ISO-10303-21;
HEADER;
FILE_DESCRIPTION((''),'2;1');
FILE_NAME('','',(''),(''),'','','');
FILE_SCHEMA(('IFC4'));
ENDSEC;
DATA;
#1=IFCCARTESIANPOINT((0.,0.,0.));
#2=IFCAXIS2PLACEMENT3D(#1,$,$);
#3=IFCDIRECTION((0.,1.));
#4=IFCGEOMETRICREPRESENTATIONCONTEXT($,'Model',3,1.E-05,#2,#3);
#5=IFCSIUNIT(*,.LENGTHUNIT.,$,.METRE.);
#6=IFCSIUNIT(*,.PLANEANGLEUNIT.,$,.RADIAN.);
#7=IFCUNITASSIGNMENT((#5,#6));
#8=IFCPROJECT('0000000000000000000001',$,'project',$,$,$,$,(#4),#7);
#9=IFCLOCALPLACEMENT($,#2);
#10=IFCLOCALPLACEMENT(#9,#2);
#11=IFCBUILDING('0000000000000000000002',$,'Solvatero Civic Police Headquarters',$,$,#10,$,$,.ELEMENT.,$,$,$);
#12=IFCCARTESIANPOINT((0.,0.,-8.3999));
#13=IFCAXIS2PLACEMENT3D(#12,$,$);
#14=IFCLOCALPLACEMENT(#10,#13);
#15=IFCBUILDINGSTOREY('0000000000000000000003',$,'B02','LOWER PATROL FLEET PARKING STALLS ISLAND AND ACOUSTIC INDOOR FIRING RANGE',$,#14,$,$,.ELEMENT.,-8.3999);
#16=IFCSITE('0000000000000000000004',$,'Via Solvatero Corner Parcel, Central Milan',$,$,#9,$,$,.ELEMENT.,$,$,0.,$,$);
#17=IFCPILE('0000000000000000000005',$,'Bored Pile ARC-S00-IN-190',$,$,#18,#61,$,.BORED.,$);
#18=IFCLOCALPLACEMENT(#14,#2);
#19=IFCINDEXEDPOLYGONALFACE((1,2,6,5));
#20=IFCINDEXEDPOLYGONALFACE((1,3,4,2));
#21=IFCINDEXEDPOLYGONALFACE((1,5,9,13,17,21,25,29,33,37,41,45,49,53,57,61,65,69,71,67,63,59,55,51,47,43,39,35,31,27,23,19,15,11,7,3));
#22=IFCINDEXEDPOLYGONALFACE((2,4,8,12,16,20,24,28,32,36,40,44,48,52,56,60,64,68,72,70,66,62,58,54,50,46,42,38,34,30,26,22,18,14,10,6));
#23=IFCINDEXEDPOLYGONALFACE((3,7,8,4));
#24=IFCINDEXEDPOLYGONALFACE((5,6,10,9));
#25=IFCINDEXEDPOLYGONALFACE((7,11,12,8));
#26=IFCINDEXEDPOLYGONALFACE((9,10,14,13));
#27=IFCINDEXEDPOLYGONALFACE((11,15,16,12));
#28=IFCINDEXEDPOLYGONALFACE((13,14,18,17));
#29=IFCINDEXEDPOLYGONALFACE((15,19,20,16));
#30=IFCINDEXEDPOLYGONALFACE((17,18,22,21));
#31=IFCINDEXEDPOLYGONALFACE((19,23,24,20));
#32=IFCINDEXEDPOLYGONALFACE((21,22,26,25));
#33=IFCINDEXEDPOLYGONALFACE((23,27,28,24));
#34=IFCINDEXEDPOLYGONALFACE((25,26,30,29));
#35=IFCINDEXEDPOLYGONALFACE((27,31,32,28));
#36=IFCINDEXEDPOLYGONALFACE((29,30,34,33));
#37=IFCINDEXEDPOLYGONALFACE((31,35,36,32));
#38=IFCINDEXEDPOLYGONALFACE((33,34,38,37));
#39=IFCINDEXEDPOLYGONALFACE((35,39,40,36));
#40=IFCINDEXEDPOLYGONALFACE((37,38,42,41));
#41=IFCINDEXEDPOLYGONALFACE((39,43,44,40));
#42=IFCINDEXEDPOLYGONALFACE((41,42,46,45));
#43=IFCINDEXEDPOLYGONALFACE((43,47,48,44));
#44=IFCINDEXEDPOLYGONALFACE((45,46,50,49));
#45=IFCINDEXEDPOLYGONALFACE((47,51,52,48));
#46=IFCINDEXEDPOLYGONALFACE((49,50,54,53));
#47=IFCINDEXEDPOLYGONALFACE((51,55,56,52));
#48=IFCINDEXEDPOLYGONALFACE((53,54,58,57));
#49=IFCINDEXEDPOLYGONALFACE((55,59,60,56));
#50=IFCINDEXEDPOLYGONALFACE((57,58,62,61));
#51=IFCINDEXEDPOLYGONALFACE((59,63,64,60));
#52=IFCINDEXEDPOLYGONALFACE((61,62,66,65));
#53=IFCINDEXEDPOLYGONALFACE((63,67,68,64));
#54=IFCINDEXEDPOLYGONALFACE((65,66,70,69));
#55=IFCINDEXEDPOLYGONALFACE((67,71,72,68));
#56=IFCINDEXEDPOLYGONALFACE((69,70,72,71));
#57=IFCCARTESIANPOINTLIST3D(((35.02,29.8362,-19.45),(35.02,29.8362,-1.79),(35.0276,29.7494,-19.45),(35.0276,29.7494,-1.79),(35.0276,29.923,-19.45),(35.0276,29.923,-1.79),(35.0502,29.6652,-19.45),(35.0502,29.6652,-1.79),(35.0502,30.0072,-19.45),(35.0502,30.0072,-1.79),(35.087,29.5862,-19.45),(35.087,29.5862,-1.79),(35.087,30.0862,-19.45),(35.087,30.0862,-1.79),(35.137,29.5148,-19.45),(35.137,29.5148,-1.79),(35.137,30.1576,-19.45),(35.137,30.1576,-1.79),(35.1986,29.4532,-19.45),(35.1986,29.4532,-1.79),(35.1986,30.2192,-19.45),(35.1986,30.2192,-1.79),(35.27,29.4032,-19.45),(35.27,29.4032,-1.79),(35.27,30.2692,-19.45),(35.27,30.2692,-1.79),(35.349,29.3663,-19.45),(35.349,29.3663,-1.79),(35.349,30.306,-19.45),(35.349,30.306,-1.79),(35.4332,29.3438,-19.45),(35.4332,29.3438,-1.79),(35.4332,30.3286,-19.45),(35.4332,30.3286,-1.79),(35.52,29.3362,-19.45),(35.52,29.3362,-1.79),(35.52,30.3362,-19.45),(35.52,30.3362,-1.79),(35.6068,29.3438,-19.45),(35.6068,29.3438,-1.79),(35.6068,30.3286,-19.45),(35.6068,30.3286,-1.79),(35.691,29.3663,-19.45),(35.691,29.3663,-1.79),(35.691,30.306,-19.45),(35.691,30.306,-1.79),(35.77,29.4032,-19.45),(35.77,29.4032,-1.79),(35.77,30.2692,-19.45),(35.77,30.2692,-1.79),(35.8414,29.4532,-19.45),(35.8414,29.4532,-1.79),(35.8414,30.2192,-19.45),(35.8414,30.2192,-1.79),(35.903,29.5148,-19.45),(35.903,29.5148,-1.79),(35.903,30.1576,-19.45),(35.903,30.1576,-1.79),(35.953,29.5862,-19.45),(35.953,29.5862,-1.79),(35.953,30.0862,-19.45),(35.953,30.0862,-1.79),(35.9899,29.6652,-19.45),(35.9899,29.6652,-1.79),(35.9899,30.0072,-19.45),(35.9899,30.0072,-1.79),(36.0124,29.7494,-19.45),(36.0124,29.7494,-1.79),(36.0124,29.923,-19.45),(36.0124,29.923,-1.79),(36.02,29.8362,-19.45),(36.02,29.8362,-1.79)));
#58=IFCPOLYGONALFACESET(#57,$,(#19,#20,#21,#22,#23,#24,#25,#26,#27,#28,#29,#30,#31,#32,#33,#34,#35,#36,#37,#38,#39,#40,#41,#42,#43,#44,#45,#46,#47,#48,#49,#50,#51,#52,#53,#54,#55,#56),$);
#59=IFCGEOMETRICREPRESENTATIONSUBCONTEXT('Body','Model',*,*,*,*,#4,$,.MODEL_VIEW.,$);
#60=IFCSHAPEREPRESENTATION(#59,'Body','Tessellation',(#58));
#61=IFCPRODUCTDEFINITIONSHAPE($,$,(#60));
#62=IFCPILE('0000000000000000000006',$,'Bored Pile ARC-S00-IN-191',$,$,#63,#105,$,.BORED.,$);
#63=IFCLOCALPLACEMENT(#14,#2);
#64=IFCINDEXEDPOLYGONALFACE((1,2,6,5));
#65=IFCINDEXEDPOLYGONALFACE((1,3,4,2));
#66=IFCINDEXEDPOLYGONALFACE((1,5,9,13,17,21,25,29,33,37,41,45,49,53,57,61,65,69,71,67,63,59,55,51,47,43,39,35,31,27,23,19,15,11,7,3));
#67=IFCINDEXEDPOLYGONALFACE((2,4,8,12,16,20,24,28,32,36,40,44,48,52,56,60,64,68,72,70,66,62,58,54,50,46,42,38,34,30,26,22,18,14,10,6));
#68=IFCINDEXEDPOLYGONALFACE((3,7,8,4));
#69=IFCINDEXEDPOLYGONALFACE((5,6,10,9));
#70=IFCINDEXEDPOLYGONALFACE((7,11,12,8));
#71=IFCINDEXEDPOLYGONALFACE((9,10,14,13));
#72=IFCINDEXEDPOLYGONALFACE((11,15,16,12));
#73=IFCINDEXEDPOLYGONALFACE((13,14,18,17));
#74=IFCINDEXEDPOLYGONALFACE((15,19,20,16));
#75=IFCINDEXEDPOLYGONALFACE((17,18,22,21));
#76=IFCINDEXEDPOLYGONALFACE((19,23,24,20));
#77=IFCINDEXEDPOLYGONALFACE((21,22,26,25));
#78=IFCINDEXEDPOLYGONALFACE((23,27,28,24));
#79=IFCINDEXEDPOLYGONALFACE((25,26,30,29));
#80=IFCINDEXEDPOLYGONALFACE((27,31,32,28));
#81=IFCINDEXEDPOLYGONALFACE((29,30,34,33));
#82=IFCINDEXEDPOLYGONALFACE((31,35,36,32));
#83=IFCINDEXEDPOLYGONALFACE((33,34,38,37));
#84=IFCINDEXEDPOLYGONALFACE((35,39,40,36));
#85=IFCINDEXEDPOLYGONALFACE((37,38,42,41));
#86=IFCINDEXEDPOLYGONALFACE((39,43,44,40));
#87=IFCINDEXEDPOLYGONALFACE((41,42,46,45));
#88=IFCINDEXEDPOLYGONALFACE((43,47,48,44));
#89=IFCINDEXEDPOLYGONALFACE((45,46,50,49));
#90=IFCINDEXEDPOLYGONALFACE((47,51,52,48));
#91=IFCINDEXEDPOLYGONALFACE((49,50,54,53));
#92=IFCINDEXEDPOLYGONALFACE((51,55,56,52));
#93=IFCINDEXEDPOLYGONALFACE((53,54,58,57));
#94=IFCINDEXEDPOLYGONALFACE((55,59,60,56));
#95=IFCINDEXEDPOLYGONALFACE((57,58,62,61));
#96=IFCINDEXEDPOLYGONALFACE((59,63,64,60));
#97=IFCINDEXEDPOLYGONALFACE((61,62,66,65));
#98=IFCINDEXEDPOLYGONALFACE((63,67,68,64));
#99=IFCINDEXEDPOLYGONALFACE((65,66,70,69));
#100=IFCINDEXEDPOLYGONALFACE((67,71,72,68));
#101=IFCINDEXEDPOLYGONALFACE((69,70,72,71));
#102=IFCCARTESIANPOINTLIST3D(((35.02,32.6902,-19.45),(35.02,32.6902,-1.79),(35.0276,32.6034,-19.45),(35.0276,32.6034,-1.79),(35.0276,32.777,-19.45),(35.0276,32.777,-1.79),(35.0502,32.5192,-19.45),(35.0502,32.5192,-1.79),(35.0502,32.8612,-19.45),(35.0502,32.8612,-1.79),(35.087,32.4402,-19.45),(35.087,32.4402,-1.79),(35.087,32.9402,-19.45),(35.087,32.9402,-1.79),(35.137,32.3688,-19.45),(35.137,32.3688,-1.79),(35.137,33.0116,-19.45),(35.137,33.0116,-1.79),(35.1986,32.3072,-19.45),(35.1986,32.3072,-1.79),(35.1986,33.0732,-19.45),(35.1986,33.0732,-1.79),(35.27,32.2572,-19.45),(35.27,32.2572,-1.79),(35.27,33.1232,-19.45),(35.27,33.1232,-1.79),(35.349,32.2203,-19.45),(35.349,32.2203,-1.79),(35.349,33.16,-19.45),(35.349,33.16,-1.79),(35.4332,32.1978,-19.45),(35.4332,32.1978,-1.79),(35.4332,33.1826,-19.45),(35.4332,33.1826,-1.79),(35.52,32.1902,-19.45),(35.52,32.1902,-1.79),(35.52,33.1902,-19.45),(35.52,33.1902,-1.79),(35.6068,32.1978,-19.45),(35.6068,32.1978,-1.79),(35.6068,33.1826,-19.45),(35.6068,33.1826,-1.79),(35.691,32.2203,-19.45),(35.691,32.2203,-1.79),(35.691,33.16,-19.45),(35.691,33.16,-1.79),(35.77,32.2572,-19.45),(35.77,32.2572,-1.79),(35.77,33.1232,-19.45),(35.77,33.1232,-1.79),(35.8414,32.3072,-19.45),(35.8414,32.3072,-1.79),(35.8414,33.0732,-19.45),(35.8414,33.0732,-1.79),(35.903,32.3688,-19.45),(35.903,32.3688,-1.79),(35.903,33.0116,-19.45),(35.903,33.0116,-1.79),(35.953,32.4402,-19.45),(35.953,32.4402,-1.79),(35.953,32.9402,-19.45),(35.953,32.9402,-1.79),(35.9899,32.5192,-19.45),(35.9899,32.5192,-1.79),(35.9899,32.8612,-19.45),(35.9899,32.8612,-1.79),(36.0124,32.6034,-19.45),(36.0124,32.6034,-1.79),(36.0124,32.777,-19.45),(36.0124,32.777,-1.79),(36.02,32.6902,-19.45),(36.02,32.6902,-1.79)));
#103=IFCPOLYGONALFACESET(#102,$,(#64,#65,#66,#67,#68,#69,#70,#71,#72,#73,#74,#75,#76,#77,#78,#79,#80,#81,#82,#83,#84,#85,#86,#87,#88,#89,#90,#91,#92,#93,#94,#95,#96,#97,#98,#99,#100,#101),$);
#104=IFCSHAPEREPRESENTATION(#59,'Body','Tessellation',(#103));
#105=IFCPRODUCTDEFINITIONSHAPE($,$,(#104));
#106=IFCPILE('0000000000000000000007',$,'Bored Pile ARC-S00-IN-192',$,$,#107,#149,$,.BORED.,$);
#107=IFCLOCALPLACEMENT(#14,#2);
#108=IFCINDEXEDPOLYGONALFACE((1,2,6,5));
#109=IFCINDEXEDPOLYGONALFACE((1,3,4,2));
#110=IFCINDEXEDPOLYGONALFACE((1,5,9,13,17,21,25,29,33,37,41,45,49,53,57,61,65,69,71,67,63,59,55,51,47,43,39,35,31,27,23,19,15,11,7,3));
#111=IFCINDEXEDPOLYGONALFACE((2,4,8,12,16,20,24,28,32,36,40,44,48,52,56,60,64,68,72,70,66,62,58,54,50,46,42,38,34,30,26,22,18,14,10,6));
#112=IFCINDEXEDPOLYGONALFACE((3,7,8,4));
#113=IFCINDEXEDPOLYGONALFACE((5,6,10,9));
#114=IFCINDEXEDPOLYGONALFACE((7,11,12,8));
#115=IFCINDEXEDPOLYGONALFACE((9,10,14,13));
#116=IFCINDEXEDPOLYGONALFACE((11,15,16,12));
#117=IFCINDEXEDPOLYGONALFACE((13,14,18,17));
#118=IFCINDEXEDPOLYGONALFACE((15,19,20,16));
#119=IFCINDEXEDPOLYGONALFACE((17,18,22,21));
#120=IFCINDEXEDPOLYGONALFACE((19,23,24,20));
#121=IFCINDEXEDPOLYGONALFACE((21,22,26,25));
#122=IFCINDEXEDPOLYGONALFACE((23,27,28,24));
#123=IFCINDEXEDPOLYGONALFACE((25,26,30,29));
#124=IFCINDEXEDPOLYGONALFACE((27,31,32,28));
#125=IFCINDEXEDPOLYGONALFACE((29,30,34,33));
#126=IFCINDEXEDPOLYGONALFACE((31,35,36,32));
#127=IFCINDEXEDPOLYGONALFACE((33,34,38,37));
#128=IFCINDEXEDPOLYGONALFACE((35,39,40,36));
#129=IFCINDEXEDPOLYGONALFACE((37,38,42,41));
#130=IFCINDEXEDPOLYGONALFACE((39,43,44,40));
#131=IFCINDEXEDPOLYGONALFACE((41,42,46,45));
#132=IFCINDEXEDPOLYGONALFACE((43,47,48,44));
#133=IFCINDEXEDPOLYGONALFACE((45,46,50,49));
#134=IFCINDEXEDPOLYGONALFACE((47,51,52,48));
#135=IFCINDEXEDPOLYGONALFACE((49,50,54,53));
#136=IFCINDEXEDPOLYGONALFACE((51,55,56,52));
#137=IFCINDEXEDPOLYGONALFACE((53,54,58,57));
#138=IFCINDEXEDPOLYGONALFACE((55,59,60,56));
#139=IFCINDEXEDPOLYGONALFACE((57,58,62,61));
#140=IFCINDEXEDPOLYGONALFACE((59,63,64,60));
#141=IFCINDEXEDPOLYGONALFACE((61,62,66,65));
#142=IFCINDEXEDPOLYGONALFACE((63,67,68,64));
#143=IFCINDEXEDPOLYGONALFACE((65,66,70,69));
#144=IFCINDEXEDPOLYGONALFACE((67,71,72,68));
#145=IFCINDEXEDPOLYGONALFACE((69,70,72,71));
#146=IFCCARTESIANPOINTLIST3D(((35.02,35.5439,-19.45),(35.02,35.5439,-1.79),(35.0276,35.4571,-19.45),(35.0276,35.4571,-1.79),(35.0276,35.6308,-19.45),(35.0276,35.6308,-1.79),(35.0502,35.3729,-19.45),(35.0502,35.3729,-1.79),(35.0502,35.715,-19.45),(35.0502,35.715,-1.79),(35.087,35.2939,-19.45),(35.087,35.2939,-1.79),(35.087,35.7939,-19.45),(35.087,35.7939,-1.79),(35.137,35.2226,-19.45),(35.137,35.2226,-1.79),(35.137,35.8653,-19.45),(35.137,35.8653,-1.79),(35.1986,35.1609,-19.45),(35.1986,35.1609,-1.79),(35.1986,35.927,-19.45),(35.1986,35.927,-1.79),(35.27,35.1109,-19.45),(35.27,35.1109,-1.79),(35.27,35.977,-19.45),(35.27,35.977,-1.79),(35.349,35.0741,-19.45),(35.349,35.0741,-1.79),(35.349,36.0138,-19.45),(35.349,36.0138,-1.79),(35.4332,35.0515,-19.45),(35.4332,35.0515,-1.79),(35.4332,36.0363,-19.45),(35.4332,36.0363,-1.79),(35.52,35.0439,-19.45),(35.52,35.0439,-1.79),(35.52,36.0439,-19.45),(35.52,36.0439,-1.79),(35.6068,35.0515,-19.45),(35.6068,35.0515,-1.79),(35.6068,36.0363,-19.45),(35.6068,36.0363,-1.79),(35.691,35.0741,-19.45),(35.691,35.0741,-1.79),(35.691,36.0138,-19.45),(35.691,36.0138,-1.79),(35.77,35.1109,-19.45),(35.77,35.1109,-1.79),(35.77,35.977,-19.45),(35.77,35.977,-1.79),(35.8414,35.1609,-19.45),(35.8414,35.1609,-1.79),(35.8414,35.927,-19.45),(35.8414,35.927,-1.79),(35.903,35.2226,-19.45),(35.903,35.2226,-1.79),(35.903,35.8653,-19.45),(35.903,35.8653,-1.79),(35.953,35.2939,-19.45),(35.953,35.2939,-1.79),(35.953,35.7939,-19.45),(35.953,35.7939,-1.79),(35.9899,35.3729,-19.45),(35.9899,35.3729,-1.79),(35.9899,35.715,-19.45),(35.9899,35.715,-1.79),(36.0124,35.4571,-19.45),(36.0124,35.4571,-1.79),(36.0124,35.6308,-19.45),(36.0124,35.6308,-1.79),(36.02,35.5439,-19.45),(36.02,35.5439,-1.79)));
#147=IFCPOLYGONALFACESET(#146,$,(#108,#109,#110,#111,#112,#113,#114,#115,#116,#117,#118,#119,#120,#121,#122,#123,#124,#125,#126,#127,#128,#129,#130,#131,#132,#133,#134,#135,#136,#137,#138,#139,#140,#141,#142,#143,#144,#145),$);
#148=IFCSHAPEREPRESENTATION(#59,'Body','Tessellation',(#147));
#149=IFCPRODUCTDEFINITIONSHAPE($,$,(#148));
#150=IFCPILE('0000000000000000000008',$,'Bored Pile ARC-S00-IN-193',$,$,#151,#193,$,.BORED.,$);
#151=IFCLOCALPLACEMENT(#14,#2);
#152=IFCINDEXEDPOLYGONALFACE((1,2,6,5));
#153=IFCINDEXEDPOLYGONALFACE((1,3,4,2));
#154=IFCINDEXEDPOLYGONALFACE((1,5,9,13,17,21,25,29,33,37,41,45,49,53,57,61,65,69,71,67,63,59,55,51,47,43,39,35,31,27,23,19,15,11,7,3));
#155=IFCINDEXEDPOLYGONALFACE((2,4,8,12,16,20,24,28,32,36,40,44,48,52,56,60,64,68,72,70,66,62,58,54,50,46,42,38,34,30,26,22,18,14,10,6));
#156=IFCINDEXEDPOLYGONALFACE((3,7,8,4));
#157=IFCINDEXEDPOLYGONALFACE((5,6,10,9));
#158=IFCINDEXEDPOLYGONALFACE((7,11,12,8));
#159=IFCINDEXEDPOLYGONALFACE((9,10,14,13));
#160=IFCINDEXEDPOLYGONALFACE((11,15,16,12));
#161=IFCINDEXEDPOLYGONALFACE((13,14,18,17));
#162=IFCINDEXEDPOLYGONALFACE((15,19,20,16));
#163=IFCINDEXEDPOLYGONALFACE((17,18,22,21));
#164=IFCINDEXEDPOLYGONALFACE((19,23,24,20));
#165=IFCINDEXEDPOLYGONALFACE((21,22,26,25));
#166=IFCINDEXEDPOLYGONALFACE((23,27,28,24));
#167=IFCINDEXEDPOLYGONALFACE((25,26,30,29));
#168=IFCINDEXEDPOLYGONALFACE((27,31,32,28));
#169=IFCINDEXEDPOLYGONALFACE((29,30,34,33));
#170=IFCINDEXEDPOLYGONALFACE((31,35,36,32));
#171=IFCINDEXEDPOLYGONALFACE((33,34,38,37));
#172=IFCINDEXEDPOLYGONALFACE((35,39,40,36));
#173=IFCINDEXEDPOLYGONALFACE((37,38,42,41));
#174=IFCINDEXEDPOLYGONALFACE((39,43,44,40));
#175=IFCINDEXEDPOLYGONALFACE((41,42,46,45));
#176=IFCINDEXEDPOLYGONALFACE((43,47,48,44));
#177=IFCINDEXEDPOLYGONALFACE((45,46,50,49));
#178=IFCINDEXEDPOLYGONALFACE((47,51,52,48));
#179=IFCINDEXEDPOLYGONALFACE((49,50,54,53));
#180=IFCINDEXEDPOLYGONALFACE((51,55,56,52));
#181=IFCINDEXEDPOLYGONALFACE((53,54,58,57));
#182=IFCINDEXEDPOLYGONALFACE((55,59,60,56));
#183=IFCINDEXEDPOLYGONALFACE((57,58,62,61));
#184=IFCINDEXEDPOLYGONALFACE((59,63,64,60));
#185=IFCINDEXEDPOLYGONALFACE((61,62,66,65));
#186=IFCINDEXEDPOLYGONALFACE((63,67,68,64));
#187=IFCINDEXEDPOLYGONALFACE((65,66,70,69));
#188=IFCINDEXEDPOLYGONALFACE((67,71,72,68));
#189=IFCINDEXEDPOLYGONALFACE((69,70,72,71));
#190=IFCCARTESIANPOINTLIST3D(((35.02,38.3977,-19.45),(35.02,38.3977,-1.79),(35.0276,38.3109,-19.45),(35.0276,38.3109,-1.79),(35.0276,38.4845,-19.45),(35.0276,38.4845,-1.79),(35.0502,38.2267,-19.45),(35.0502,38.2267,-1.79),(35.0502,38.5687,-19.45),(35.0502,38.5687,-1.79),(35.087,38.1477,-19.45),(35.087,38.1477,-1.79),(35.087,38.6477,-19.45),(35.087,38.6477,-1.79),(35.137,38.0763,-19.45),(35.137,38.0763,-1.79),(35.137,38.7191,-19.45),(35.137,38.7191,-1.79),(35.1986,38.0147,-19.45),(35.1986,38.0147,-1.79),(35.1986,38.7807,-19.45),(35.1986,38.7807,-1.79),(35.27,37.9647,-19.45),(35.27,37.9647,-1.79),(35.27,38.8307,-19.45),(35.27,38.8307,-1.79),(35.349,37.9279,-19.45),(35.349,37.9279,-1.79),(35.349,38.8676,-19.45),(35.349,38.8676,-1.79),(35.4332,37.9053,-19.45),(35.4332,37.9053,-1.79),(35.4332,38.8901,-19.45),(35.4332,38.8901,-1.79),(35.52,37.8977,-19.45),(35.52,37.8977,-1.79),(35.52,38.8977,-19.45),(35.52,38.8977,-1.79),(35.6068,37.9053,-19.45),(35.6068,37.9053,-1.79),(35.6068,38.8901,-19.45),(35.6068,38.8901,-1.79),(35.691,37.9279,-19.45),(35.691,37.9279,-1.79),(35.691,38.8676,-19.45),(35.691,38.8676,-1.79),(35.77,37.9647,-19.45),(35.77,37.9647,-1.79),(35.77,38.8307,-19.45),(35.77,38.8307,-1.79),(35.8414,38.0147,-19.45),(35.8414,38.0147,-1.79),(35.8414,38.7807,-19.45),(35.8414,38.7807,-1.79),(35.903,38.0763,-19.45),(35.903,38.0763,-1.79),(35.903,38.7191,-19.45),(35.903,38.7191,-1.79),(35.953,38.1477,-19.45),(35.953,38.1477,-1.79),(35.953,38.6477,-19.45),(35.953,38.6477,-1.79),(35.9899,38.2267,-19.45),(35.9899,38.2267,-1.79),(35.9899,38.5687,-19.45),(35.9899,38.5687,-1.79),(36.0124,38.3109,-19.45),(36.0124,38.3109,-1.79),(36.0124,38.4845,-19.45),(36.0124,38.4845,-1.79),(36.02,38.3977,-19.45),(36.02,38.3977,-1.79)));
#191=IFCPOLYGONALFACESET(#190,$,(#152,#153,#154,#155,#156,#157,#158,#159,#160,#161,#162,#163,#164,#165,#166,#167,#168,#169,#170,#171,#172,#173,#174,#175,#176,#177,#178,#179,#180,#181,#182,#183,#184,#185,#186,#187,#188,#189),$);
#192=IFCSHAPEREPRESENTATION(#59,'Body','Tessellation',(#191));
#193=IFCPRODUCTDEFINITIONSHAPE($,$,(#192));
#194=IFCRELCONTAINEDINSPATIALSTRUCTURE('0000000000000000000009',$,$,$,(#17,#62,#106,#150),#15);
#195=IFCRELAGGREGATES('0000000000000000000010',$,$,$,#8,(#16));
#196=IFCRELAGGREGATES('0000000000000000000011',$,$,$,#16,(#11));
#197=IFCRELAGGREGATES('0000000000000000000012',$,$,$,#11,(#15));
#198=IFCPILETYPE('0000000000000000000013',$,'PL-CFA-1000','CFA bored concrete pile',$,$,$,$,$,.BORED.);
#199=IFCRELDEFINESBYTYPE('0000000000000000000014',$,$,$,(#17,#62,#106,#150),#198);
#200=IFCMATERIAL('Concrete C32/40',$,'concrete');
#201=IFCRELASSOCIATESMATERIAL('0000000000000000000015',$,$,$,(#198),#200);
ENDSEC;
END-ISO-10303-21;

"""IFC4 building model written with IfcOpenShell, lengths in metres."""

from ifc_helpers import new_model, si_unit, direction, frame, origin, origin_2d, place, context, subcontext, project, spatial, circle, extrude, material, material_profile, profile_set, type_object, element, save


model = new_model("IFC4")

# Units and contexts
model_context = context("Model", 3, precision=1e-05, world=origin(), true_north=direction((0.0, 1.0)))
body_context = subcontext(model_context, "Body", "Model", "MODEL_VIEW")
ifc_project = project(units=[si_unit("LENGTHUNIT", "METRE"), si_unit("PLANEANGLEUNIT", "RADIAN")], contexts=[model_context])

# Site, building, storey
site_placement = place(None, origin())
site = spatial("IfcSite", under=ifc_project, at=site_placement, Name="Via Solvatero Corner Parcel, Central Milan", CompositionType="ELEMENT", RefElevation=0.0)
building_placement = place(site_placement, origin())
building = spatial("IfcBuilding", under=site, at=building_placement, Name="Solvatero Civic Police Headquarters", CompositionType="ELEMENT")
storey_placement = place(building_placement, frame((0.0, 0.0, -8.3999)))
storey = spatial("IfcBuildingStorey", under=building, at=storey_placement, Name="B02", Description="LOWER PATROL FLEET PARKING STALLS ISLAND AND ACOUSTIC INDOOR FIRING RANGE", CompositionType="ELEMENT", Elevation=-8.3999)

# Piles
ifc_material_1 = material(Name="Concrete C32/40", Category="concrete")
ifc_material_profile_1 = material_profile(ifc_material_1, circle(Radius=0.5, at=origin_2d()), Name="CFA PILE D1000")
ifc_profile_set_1 = profile_set([ifc_material_profile_1], Name="Concrete C32/40")
pile_type = type_object("IfcPileType", Name="PL-CFA-1000", Description="CFA bored concrete pile", PredefinedType="BORED", material=ifc_profile_set_1)
for number, where, z_axis, x_axis, name in (
    (1, (35.52, 29.8362, -1.79), (0.0, 0.0, -1.0), (1.0, 0.0, 0.0), "Bored Pile ARC-S00-IN-190"),
    (2, (35.52, 32.6902, -1.79), (0.0, 0.0, -1.0), (1.0, 0.0, 0.0), "Bored Pile ARC-S00-IN-191"),
    (3, (35.52, 35.5439, -1.79), (0.0, 0.0, -1.0), (1.0, 0.0, 0.0), "Bored Pile ARC-S00-IN-192"),
    (4, (35.52, 38.3977, -1.79), (0.0, 0.0, -1.0), (1.0, 0.0, 0.0), "Bored Pile ARC-S00-IN-193"),
):
    element("IfcPile", number, at=place(storey_placement, frame(where, z_axis=z_axis, x_axis=x_axis)), inside=storey, type_object=pile_type, Name=name, PredefinedType="BORED", context=body_context, shape_type="SweptSolid", body=[
        extrude(circle(Radius=0.5, at=origin_2d()), origin(), (0.0, 0.0, 1.0), 17.6599),
    ])

save(model, "model.ifc")
